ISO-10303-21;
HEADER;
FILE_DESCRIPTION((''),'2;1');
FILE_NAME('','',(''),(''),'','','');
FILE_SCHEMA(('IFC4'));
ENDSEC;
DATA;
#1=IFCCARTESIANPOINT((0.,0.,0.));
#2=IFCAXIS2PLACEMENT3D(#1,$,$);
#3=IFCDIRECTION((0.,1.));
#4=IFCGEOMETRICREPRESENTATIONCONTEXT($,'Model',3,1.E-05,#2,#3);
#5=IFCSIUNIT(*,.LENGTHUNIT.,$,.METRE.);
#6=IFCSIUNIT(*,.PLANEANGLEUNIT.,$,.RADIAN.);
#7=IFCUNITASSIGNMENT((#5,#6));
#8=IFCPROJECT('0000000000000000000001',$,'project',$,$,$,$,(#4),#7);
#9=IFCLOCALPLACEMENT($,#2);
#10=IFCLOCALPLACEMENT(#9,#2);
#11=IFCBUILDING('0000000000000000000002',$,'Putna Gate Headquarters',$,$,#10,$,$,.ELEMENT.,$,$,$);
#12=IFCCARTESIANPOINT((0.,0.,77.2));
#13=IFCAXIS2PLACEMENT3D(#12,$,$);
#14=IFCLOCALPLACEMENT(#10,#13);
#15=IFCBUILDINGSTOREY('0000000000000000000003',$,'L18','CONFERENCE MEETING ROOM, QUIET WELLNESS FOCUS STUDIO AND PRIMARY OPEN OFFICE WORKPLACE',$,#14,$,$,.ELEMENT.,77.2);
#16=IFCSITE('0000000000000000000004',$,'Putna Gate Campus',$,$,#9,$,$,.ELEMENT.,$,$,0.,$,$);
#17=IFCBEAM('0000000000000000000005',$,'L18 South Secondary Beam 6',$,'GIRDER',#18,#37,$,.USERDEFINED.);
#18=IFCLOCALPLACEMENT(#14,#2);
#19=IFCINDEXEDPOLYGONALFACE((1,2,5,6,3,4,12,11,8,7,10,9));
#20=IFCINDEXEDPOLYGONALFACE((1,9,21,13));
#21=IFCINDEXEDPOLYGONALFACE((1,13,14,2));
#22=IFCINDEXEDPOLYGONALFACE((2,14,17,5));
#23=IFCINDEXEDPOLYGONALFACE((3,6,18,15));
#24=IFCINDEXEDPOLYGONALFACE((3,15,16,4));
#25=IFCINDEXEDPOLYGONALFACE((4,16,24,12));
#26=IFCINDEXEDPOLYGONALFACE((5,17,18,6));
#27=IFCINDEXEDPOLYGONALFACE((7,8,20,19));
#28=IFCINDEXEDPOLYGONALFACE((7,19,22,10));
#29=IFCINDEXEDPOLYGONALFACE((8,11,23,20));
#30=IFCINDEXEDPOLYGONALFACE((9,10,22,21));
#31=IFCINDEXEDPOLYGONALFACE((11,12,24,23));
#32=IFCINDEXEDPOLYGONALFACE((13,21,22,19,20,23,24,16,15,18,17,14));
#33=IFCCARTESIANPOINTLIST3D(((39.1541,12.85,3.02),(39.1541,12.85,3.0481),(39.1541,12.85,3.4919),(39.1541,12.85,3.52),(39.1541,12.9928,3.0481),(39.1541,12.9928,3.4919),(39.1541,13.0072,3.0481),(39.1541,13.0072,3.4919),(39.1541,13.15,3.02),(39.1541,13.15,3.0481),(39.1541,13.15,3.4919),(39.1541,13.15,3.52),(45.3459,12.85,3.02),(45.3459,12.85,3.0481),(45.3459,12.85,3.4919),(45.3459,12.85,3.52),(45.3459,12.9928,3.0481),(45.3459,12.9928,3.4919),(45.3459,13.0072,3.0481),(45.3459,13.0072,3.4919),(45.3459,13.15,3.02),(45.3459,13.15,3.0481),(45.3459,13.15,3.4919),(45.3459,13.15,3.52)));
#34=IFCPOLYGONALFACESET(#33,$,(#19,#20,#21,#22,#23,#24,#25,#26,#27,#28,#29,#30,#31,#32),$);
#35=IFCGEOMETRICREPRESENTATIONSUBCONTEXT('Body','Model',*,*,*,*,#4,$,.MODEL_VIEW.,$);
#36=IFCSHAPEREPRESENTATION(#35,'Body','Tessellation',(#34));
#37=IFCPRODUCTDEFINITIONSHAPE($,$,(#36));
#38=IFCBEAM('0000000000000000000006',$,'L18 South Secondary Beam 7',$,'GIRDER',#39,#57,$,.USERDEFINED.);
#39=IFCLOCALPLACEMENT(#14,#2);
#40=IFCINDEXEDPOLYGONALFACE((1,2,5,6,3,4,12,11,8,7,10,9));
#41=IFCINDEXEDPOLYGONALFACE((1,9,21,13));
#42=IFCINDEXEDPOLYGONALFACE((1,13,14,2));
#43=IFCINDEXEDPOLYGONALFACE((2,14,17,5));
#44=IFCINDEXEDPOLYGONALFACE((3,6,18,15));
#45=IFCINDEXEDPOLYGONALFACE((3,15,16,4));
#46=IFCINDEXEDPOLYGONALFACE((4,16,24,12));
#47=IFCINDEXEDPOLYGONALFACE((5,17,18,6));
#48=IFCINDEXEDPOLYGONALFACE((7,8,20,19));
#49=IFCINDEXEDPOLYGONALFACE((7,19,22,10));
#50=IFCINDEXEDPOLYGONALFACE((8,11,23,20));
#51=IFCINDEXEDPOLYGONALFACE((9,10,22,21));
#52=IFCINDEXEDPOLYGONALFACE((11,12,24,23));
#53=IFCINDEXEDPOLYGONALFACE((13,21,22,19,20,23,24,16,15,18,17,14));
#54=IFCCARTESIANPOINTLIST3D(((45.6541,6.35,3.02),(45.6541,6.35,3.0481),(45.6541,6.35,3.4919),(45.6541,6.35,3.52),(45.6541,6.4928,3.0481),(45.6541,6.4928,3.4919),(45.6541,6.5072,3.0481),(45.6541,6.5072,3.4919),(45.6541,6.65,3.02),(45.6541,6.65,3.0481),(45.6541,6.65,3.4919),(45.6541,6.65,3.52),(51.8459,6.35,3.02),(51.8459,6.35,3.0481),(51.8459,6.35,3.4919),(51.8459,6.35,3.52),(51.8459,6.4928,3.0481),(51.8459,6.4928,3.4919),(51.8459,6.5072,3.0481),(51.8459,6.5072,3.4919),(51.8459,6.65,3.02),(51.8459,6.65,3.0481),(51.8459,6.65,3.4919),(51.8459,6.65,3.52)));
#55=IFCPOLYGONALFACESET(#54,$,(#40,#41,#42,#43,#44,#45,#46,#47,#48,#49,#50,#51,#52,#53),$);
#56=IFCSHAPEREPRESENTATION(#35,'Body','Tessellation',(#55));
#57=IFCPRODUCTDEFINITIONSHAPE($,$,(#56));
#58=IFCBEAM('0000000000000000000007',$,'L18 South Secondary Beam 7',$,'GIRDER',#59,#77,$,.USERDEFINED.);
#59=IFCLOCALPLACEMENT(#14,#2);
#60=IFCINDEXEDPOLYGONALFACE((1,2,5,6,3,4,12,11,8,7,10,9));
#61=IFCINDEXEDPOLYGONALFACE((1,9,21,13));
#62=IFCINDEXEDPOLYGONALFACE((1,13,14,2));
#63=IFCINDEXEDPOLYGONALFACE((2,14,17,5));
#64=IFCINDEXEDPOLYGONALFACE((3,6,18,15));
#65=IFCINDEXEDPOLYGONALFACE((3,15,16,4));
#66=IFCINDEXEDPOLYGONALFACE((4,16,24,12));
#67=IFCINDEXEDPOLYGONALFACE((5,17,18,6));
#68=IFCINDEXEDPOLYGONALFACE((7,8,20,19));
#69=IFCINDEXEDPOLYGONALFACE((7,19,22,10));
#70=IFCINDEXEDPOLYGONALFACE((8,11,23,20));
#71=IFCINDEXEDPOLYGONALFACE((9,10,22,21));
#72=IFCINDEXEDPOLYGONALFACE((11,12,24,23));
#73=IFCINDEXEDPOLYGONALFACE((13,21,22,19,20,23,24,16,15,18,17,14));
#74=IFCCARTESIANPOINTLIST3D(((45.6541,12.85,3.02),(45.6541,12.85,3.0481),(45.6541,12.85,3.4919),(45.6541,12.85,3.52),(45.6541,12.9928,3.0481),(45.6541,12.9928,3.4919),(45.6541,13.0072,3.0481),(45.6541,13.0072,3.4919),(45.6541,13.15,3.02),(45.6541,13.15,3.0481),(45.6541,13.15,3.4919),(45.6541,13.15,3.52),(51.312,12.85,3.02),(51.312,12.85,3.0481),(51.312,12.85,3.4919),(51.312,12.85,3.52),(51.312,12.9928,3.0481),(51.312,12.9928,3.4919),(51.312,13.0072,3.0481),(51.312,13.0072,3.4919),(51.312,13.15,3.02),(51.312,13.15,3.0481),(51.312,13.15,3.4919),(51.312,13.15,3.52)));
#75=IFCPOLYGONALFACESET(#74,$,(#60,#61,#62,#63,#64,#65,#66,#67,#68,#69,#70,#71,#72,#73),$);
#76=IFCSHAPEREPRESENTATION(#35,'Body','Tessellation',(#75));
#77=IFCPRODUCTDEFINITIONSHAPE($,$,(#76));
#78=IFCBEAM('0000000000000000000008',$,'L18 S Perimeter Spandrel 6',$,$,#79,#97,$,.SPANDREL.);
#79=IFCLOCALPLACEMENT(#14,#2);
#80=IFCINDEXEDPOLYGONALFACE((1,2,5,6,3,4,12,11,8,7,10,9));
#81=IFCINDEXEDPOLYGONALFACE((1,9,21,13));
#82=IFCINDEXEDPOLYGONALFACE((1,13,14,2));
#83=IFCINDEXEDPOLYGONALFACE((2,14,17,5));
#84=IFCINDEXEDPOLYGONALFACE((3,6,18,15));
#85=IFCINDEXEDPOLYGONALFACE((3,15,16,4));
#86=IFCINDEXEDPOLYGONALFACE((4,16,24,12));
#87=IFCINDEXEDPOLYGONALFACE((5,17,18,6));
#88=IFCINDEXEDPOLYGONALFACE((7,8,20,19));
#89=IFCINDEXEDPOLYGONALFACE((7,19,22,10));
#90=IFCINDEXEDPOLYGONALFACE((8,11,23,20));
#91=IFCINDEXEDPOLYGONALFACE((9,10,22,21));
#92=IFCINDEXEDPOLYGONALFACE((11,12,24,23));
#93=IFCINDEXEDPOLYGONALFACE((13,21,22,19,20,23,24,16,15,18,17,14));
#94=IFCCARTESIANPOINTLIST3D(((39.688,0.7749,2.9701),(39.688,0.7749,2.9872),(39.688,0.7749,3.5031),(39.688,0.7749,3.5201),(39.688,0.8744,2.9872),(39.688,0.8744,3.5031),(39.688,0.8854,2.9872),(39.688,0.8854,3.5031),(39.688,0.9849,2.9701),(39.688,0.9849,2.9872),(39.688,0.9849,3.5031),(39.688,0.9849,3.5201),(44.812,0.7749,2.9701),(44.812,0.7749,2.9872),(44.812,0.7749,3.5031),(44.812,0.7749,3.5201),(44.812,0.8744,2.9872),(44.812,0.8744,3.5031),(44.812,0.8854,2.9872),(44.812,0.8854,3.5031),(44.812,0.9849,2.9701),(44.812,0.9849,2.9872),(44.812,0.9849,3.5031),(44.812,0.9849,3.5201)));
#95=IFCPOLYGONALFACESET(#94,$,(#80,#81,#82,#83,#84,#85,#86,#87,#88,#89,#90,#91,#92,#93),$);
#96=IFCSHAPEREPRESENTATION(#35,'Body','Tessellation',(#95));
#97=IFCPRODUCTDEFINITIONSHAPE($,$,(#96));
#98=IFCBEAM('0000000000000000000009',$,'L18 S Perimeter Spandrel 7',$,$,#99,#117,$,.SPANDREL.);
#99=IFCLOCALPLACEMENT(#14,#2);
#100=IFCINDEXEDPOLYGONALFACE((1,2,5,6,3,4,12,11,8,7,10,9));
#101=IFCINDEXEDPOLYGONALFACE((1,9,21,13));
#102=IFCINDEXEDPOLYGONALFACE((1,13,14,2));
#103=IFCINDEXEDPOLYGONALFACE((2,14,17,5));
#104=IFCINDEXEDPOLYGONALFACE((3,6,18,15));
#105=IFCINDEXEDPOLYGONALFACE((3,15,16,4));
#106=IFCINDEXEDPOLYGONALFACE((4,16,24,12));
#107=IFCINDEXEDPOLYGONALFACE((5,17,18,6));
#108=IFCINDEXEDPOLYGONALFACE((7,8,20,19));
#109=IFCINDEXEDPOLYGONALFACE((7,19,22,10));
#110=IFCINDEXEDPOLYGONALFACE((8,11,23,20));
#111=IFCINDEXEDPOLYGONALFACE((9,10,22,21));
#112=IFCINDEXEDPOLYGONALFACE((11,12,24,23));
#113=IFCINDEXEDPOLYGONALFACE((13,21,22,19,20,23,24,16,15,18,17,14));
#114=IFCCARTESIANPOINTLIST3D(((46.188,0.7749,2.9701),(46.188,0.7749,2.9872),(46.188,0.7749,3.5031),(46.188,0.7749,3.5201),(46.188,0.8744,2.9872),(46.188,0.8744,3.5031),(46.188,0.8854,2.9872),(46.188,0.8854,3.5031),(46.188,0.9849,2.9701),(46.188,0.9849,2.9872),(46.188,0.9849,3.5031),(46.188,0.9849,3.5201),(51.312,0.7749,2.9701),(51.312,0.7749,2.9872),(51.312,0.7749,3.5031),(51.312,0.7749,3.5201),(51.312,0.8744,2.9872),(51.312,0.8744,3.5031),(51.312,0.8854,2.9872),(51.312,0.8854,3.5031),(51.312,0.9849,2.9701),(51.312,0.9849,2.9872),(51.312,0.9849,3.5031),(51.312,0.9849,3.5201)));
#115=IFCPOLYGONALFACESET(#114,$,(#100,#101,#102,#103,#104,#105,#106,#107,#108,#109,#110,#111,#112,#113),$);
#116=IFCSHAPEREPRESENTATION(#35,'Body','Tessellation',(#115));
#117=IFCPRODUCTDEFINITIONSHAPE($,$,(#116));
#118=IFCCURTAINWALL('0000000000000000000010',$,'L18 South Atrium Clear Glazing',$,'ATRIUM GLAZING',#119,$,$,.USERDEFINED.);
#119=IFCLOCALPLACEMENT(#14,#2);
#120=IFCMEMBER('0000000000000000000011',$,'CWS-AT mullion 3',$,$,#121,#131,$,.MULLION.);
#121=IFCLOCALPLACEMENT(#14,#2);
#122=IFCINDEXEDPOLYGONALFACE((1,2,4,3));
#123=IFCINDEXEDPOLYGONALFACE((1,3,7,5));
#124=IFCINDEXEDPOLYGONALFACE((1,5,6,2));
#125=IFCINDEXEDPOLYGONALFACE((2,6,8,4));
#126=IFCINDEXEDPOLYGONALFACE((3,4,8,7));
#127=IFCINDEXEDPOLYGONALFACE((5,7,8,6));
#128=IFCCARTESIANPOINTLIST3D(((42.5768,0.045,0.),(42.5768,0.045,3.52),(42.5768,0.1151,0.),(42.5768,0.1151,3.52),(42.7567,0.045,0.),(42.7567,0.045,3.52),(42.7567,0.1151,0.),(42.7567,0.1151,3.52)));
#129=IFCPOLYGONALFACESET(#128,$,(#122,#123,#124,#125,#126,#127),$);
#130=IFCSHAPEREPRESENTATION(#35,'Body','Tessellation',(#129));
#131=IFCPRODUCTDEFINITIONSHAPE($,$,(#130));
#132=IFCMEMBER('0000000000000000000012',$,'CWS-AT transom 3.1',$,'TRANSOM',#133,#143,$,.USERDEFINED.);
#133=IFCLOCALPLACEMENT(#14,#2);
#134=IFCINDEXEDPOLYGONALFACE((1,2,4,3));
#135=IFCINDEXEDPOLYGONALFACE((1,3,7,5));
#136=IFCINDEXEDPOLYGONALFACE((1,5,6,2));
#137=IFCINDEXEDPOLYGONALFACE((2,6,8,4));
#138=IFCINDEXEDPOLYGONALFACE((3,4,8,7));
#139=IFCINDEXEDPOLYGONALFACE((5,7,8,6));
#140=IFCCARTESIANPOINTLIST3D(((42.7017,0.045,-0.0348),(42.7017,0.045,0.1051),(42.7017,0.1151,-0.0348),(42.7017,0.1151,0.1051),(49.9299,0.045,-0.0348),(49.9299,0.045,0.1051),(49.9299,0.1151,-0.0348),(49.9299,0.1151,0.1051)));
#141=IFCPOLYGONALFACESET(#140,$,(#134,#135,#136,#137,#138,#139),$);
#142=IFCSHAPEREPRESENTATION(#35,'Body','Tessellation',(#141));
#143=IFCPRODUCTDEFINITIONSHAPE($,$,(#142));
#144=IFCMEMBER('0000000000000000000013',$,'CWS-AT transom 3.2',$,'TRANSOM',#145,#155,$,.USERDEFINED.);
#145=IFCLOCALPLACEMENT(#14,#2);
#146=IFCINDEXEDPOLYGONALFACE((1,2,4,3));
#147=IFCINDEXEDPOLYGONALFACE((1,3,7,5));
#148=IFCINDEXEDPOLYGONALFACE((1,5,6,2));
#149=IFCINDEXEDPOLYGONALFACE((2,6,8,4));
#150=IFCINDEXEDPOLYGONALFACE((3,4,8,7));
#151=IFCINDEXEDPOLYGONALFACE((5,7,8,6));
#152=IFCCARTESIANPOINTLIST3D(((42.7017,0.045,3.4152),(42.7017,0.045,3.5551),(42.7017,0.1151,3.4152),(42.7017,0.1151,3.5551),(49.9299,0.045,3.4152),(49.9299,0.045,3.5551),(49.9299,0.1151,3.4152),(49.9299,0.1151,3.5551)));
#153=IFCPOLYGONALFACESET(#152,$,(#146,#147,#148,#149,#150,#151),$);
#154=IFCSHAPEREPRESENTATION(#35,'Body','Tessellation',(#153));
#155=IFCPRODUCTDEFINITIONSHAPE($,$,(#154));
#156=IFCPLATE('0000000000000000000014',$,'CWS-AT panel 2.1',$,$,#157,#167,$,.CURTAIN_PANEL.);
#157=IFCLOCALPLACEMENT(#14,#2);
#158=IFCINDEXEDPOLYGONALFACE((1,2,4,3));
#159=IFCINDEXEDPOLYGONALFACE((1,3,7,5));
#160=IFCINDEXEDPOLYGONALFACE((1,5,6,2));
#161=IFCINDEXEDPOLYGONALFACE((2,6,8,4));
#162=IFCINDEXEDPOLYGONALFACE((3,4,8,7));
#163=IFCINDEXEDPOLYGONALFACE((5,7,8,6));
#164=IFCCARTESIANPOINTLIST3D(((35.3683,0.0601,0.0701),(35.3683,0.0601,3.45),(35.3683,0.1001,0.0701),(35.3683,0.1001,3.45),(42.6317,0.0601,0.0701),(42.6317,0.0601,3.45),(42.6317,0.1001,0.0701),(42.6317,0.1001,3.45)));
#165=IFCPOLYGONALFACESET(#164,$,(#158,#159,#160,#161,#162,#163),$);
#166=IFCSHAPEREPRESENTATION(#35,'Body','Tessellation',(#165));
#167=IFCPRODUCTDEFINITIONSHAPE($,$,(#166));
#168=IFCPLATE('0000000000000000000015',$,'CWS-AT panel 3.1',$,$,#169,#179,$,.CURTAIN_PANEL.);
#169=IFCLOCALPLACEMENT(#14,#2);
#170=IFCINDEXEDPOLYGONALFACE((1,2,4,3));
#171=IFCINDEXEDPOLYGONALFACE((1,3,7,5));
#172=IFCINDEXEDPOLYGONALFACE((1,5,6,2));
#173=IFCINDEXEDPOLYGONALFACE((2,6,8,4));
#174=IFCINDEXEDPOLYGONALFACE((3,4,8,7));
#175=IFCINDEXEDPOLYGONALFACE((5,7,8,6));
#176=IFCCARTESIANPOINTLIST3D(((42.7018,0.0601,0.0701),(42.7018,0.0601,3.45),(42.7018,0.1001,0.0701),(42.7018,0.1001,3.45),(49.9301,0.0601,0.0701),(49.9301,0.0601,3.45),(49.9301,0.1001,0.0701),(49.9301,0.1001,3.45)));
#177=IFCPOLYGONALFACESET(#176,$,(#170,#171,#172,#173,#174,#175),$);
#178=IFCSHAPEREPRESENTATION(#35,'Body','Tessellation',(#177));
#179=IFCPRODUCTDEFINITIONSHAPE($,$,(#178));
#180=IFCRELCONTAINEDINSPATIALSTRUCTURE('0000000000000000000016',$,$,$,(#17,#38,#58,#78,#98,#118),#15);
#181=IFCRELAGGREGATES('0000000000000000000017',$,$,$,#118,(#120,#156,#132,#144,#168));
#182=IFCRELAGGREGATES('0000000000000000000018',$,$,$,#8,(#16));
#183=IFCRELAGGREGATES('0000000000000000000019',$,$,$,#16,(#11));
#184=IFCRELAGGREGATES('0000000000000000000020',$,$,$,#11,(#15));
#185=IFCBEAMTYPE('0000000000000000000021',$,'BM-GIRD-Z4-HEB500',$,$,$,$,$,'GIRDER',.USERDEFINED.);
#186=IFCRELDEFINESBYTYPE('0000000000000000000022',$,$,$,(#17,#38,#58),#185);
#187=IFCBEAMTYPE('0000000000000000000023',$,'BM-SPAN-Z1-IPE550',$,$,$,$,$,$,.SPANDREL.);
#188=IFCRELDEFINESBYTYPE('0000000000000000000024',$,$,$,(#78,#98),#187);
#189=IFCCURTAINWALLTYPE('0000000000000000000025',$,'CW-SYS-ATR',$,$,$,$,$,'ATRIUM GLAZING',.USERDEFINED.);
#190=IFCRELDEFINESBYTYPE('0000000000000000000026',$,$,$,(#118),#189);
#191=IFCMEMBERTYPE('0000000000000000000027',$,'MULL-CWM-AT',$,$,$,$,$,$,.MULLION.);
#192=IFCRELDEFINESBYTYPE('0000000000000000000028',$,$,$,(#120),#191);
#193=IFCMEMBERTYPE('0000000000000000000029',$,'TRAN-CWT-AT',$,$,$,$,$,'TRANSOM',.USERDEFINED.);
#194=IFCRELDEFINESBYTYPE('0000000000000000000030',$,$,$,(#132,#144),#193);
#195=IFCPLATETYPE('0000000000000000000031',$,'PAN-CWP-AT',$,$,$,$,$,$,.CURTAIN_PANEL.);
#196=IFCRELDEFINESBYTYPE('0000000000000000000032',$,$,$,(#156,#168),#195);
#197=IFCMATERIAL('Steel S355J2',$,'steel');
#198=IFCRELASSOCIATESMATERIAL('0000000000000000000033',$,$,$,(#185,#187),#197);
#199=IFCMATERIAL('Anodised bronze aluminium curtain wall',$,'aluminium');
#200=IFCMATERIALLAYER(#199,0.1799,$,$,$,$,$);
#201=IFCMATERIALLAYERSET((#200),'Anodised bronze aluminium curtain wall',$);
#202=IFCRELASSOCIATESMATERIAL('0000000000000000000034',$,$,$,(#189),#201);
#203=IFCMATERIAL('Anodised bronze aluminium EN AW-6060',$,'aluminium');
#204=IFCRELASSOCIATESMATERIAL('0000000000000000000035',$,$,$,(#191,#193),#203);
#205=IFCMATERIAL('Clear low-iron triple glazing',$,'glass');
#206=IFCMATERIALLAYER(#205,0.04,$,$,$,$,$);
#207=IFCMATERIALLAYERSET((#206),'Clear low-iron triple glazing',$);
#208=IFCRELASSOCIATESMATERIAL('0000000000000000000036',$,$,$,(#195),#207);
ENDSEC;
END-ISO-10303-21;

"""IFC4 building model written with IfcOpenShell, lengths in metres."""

from ifc_helpers import new_model, si_unit, direction, frame, origin, origin_2d, place, context, subcontext, project, spatial, rectangle, i_section, extrude, material, layer, layer_set, material_profile, profile_set, type_object, element, aggregate, save


model = new_model("IFC4")

# Units and contexts
model_context = context("Model", 3, precision=1e-05, world=origin(), true_north=direction((0.0, 1.0)))
body_context = subcontext(model_context, "Body", "Model", "MODEL_VIEW")
ifc_project = project(units=[si_unit("LENGTHUNIT", "METRE"), si_unit("PLANEANGLEUNIT", "RADIAN")], contexts=[model_context])

# Site, building, storey
site_placement = place(None, origin())
site = spatial("IfcSite", under=ifc_project, at=site_placement, Name="Putna Gate Campus", CompositionType="ELEMENT", RefElevation=0.0)
building_placement = place(site_placement, origin())
building = spatial("IfcBuilding", under=site, at=building_placement, Name="Putna Gate Headquarters", CompositionType="ELEMENT")
storey_placement = place(building_placement, frame((0.0, 0.0, 77.2)))
storey = spatial("IfcBuildingStorey", under=building, at=storey_placement, Name="L18", Description="CONFERENCE MEETING ROOM, QUIET WELLNESS FOCUS STUDIO AND PRIMARY OPEN OFFICE WORKPLACE", CompositionType="ELEMENT", Elevation=77.2)

# Beams
ifc_material_1 = material(Name="Steel S355J2", Category="steel")
ifc_material_profile_1 = material_profile(ifc_material_1, i_section(OverallWidth=0.3, OverallDepth=0.5, WebThickness=0.0144, FlangeThickness=0.0281, at=origin_2d()), Name="Steel S355J2")
ifc_profile_set_1 = profile_set([ifc_material_profile_1], Name="Steel S355J2")
beam_type_1 = type_object("IfcBeamType", Name="BM-GIRD-Z4-HEB500", ElementType="GIRDER", PredefinedType="USERDEFINED", material=ifc_profile_set_1)
for number, where, z_axis, x_axis, name in (
    (1, (39.1541, 13.0, 3.27), (1.0, 0.0, 0.0), (0.0, 1.0, 0.0), "L18 South Secondary Beam 6"),
    (2, (45.6541, 6.5, 3.27), (1.0, 0.0, 0.0), (0.0, 1.0, 0.0), "L18 South Secondary Beam 7"),
):
    element("IfcBeam", number, at=place(storey_placement, frame(where, z_axis=z_axis, x_axis=x_axis)), inside=storey, type_object=beam_type_1, Name=name, ObjectType="GIRDER", PredefinedType="USERDEFINED", context=body_context, shape_type="SweptSolid", body=[
        extrude(i_section(OverallWidth=0.3, OverallDepth=0.5, WebThickness=0.0144, FlangeThickness=0.0281, at=origin_2d()), origin(), (0.0, 0.0, 1.0), 6.1919),
    ])
beam_1_placement = place(storey_placement, frame((45.6541, 13.0, 3.27), z_axis=(1.0, 0.0, 0.0), x_axis=(0.0, 1.0, 0.0)))
element("IfcBeam", 3, at=beam_1_placement, inside=storey, type_object=beam_type_1, Name="L18 South Secondary Beam 7", ObjectType="GIRDER", PredefinedType="USERDEFINED", context=body_context, shape_type="SweptSolid", body=[
    extrude(i_section(OverallWidth=0.3, OverallDepth=0.5, WebThickness=0.0144, FlangeThickness=0.0281, at=origin_2d()), origin(), (0.0, 0.0, 1.0), 5.658),
])
ifc_material_profile_2 = material_profile(ifc_material_1, i_section(OverallWidth=0.21, OverallDepth=0.55, WebThickness=0.011, FlangeThickness=0.0171, at=origin_2d()), Name="Steel S355J2")
ifc_profile_set_2 = profile_set([ifc_material_profile_2], Name="Steel S355J2")
beam_type_2 = type_object("IfcBeamType", Name="BM-SPAN-Z1-IPE550", PredefinedType="SPANDREL", material=ifc_profile_set_2)
for number, where, z_axis, x_axis, name in (
    (4, (39.688, 0.8799, 3.2451), (1.0, 0.0, 0.0), (0.0, 1.0, 0.0), "L18 S Perimeter Spandrel 6"),
    (5, (46.188, 0.8799, 3.2451), (1.0, 0.0, 0.0), (0.0, 1.0, 0.0), "L18 S Perimeter Spandrel 7"),
):
    element("IfcBeam", number, at=place(storey_placement, frame(where, z_axis=z_axis, x_axis=x_axis)), inside=storey, type_object=beam_type_2, Name=name, PredefinedType="SPANDREL", context=body_context, shape_type="SweptSolid", body=[
        extrude(i_section(OverallWidth=0.21, OverallDepth=0.55, WebThickness=0.011, FlangeThickness=0.0171, at=origin_2d()), origin(), (0.0, 0.0, 1.0), 5.124),
    ])

# Curtain wall, members, plates
ifc_material_2 = material(Name="Anodised bronze aluminium curtain wall", Category="aluminium")
ifc_layer_1 = layer(ifc_material_2, 0.1799)
ifc_layer_set_1 = layer_set([ifc_layer_1], Name="Anodised bronze aluminium curtain wall")
curtain_wall_type = type_object("IfcCurtainWallType", Name="CW-SYS-ATR", ElementType="ATRIUM GLAZING", PredefinedType="USERDEFINED", material=ifc_layer_set_1)
curtain_wall_placement = place(storey_placement, origin())
curtain_wall = element("IfcCurtainWall", 6, at=curtain_wall_placement, inside=storey, type_object=curtain_wall_type, Name="L18 South Atrium Clear Glazing", ObjectType="ATRIUM GLAZING", PredefinedType="USERDEFINED")
ifc_material_3 = material(Name="Anodised bronze aluminium EN AW-6060", Category="aluminium")
ifc_material_profile_3 = material_profile(ifc_material_3, rectangle(XDim=0.0701, YDim=0.1799, at=origin_2d()), Name="Anodised bronze aluminium EN AW-6060")
ifc_profile_set_3 = profile_set([ifc_material_profile_3], Name="Anodised bronze aluminium EN AW-6060")
member_type_1 = type_object("IfcMemberType", Name="MULL-CWM-AT", PredefinedType="MULLION", material=ifc_profile_set_3)
member_1_placement = place(storey_placement, frame((42.6667, 0.0801, 0.0), z_axis=(0.0, 0.0, 1.0), x_axis=(0.0, 1.0, 0.0)))
member_1 = element("IfcMember", 7, at=member_1_placement, type_object=member_type_1, Name="CWS-AT mullion 3", PredefinedType="MULLION", context=body_context, shape_type="SweptSolid", body=[
    extrude(rectangle(XDim=0.0701, YDim=0.1799, at=origin_2d()), origin(), (0.0, 0.0, 1.0), 3.52),
])
ifc_material_profile_4 = material_profile(ifc_material_3, rectangle(XDim=0.0701, YDim=0.1399, at=origin_2d()), Name="Anodised bronze aluminium EN AW-6060")
ifc_profile_set_4 = profile_set([ifc_material_profile_4], Name="Anodised bronze aluminium EN AW-6060")
member_type_2 = type_object("IfcMemberType", Name="TRAN-CWT-AT", ElementType="TRANSOM", PredefinedType="USERDEFINED", material=ifc_profile_set_4)
member_2_placement = place(storey_placement, frame((42.7017, 0.0801, 0.0352), z_axis=(1.0, 0.0, 0.0), x_axis=(0.0, 1.0, 0.0)))
member_2 = element("IfcMember", 8, at=member_2_placement, type_object=member_type_2, Name="CWS-AT transom 3.1", ObjectType="TRANSOM", PredefinedType="USERDEFINED", context=body_context, shape_type="SweptSolid", body=[
    extrude(rectangle(XDim=0.0701, YDim=0.1399, at=origin_2d()), origin(), (0.0, 0.0, 1.0), 7.2283),
])
member_3_placement = place(storey_placement, frame((42.7017, 0.0801, 3.4851), z_axis=(1.0, 0.0, 0.0), x_axis=(0.0, 1.0, 0.0)))
member_3 = element("IfcMember", 9, at=member_3_placement, type_object=member_type_2, Name="CWS-AT transom 3.2", ObjectType="TRANSOM", PredefinedType="USERDEFINED", context=body_context, shape_type="SweptSolid", body=[
    extrude(rectangle(XDim=0.0701, YDim=0.1399, at=origin_2d()), origin(), (0.0, 0.0, 1.0), 7.2283),
])
ifc_material_4 = material(Name="Clear low-iron triple glazing", Category="glass")
ifc_layer_2 = layer(ifc_material_4, 0.04)
ifc_layer_set_2 = layer_set([ifc_layer_2], Name="Clear low-iron triple glazing")
plate_type = type_object("IfcPlateType", Name="PAN-CWP-AT", PredefinedType="CURTAIN_PANEL", material=ifc_layer_set_2)
plate_1_placement = place(storey_placement, frame((39.0, 0.0801, 0.0701), z_axis=(0.0, 0.0, 1.0), x_axis=(1.0, 0.0, 0.0)))
plate_1 = element("IfcPlate", 10, at=plate_1_placement, type_object=plate_type, Name="CWS-AT panel 2.1", PredefinedType="CURTAIN_PANEL", context=body_context, shape_type="SweptSolid", body=[
    extrude(rectangle(XDim=7.2634, YDim=0.04, at=origin_2d()), origin(), (0.0, 0.0, 1.0), 3.3799),
])
plate_2_placement = place(storey_placement, frame((46.3159, 0.0801, 0.0701), z_axis=(0.0, 0.0, 1.0), x_axis=(1.0, 0.0, 0.0)))
plate_2 = element("IfcPlate", 11, at=plate_2_placement, type_object=plate_type, Name="CWS-AT panel 3.1", PredefinedType="CURTAIN_PANEL", context=body_context, shape_type="SweptSolid", body=[
    extrude(rectangle(XDim=7.2283, YDim=0.04, at=origin_2d()), origin(), (0.0, 0.0, 1.0), 3.3799),
])
aggregate(curtain_wall, [member_1, plate_1, member_2, member_3, plate_2])

save(model, "model.ifc")
